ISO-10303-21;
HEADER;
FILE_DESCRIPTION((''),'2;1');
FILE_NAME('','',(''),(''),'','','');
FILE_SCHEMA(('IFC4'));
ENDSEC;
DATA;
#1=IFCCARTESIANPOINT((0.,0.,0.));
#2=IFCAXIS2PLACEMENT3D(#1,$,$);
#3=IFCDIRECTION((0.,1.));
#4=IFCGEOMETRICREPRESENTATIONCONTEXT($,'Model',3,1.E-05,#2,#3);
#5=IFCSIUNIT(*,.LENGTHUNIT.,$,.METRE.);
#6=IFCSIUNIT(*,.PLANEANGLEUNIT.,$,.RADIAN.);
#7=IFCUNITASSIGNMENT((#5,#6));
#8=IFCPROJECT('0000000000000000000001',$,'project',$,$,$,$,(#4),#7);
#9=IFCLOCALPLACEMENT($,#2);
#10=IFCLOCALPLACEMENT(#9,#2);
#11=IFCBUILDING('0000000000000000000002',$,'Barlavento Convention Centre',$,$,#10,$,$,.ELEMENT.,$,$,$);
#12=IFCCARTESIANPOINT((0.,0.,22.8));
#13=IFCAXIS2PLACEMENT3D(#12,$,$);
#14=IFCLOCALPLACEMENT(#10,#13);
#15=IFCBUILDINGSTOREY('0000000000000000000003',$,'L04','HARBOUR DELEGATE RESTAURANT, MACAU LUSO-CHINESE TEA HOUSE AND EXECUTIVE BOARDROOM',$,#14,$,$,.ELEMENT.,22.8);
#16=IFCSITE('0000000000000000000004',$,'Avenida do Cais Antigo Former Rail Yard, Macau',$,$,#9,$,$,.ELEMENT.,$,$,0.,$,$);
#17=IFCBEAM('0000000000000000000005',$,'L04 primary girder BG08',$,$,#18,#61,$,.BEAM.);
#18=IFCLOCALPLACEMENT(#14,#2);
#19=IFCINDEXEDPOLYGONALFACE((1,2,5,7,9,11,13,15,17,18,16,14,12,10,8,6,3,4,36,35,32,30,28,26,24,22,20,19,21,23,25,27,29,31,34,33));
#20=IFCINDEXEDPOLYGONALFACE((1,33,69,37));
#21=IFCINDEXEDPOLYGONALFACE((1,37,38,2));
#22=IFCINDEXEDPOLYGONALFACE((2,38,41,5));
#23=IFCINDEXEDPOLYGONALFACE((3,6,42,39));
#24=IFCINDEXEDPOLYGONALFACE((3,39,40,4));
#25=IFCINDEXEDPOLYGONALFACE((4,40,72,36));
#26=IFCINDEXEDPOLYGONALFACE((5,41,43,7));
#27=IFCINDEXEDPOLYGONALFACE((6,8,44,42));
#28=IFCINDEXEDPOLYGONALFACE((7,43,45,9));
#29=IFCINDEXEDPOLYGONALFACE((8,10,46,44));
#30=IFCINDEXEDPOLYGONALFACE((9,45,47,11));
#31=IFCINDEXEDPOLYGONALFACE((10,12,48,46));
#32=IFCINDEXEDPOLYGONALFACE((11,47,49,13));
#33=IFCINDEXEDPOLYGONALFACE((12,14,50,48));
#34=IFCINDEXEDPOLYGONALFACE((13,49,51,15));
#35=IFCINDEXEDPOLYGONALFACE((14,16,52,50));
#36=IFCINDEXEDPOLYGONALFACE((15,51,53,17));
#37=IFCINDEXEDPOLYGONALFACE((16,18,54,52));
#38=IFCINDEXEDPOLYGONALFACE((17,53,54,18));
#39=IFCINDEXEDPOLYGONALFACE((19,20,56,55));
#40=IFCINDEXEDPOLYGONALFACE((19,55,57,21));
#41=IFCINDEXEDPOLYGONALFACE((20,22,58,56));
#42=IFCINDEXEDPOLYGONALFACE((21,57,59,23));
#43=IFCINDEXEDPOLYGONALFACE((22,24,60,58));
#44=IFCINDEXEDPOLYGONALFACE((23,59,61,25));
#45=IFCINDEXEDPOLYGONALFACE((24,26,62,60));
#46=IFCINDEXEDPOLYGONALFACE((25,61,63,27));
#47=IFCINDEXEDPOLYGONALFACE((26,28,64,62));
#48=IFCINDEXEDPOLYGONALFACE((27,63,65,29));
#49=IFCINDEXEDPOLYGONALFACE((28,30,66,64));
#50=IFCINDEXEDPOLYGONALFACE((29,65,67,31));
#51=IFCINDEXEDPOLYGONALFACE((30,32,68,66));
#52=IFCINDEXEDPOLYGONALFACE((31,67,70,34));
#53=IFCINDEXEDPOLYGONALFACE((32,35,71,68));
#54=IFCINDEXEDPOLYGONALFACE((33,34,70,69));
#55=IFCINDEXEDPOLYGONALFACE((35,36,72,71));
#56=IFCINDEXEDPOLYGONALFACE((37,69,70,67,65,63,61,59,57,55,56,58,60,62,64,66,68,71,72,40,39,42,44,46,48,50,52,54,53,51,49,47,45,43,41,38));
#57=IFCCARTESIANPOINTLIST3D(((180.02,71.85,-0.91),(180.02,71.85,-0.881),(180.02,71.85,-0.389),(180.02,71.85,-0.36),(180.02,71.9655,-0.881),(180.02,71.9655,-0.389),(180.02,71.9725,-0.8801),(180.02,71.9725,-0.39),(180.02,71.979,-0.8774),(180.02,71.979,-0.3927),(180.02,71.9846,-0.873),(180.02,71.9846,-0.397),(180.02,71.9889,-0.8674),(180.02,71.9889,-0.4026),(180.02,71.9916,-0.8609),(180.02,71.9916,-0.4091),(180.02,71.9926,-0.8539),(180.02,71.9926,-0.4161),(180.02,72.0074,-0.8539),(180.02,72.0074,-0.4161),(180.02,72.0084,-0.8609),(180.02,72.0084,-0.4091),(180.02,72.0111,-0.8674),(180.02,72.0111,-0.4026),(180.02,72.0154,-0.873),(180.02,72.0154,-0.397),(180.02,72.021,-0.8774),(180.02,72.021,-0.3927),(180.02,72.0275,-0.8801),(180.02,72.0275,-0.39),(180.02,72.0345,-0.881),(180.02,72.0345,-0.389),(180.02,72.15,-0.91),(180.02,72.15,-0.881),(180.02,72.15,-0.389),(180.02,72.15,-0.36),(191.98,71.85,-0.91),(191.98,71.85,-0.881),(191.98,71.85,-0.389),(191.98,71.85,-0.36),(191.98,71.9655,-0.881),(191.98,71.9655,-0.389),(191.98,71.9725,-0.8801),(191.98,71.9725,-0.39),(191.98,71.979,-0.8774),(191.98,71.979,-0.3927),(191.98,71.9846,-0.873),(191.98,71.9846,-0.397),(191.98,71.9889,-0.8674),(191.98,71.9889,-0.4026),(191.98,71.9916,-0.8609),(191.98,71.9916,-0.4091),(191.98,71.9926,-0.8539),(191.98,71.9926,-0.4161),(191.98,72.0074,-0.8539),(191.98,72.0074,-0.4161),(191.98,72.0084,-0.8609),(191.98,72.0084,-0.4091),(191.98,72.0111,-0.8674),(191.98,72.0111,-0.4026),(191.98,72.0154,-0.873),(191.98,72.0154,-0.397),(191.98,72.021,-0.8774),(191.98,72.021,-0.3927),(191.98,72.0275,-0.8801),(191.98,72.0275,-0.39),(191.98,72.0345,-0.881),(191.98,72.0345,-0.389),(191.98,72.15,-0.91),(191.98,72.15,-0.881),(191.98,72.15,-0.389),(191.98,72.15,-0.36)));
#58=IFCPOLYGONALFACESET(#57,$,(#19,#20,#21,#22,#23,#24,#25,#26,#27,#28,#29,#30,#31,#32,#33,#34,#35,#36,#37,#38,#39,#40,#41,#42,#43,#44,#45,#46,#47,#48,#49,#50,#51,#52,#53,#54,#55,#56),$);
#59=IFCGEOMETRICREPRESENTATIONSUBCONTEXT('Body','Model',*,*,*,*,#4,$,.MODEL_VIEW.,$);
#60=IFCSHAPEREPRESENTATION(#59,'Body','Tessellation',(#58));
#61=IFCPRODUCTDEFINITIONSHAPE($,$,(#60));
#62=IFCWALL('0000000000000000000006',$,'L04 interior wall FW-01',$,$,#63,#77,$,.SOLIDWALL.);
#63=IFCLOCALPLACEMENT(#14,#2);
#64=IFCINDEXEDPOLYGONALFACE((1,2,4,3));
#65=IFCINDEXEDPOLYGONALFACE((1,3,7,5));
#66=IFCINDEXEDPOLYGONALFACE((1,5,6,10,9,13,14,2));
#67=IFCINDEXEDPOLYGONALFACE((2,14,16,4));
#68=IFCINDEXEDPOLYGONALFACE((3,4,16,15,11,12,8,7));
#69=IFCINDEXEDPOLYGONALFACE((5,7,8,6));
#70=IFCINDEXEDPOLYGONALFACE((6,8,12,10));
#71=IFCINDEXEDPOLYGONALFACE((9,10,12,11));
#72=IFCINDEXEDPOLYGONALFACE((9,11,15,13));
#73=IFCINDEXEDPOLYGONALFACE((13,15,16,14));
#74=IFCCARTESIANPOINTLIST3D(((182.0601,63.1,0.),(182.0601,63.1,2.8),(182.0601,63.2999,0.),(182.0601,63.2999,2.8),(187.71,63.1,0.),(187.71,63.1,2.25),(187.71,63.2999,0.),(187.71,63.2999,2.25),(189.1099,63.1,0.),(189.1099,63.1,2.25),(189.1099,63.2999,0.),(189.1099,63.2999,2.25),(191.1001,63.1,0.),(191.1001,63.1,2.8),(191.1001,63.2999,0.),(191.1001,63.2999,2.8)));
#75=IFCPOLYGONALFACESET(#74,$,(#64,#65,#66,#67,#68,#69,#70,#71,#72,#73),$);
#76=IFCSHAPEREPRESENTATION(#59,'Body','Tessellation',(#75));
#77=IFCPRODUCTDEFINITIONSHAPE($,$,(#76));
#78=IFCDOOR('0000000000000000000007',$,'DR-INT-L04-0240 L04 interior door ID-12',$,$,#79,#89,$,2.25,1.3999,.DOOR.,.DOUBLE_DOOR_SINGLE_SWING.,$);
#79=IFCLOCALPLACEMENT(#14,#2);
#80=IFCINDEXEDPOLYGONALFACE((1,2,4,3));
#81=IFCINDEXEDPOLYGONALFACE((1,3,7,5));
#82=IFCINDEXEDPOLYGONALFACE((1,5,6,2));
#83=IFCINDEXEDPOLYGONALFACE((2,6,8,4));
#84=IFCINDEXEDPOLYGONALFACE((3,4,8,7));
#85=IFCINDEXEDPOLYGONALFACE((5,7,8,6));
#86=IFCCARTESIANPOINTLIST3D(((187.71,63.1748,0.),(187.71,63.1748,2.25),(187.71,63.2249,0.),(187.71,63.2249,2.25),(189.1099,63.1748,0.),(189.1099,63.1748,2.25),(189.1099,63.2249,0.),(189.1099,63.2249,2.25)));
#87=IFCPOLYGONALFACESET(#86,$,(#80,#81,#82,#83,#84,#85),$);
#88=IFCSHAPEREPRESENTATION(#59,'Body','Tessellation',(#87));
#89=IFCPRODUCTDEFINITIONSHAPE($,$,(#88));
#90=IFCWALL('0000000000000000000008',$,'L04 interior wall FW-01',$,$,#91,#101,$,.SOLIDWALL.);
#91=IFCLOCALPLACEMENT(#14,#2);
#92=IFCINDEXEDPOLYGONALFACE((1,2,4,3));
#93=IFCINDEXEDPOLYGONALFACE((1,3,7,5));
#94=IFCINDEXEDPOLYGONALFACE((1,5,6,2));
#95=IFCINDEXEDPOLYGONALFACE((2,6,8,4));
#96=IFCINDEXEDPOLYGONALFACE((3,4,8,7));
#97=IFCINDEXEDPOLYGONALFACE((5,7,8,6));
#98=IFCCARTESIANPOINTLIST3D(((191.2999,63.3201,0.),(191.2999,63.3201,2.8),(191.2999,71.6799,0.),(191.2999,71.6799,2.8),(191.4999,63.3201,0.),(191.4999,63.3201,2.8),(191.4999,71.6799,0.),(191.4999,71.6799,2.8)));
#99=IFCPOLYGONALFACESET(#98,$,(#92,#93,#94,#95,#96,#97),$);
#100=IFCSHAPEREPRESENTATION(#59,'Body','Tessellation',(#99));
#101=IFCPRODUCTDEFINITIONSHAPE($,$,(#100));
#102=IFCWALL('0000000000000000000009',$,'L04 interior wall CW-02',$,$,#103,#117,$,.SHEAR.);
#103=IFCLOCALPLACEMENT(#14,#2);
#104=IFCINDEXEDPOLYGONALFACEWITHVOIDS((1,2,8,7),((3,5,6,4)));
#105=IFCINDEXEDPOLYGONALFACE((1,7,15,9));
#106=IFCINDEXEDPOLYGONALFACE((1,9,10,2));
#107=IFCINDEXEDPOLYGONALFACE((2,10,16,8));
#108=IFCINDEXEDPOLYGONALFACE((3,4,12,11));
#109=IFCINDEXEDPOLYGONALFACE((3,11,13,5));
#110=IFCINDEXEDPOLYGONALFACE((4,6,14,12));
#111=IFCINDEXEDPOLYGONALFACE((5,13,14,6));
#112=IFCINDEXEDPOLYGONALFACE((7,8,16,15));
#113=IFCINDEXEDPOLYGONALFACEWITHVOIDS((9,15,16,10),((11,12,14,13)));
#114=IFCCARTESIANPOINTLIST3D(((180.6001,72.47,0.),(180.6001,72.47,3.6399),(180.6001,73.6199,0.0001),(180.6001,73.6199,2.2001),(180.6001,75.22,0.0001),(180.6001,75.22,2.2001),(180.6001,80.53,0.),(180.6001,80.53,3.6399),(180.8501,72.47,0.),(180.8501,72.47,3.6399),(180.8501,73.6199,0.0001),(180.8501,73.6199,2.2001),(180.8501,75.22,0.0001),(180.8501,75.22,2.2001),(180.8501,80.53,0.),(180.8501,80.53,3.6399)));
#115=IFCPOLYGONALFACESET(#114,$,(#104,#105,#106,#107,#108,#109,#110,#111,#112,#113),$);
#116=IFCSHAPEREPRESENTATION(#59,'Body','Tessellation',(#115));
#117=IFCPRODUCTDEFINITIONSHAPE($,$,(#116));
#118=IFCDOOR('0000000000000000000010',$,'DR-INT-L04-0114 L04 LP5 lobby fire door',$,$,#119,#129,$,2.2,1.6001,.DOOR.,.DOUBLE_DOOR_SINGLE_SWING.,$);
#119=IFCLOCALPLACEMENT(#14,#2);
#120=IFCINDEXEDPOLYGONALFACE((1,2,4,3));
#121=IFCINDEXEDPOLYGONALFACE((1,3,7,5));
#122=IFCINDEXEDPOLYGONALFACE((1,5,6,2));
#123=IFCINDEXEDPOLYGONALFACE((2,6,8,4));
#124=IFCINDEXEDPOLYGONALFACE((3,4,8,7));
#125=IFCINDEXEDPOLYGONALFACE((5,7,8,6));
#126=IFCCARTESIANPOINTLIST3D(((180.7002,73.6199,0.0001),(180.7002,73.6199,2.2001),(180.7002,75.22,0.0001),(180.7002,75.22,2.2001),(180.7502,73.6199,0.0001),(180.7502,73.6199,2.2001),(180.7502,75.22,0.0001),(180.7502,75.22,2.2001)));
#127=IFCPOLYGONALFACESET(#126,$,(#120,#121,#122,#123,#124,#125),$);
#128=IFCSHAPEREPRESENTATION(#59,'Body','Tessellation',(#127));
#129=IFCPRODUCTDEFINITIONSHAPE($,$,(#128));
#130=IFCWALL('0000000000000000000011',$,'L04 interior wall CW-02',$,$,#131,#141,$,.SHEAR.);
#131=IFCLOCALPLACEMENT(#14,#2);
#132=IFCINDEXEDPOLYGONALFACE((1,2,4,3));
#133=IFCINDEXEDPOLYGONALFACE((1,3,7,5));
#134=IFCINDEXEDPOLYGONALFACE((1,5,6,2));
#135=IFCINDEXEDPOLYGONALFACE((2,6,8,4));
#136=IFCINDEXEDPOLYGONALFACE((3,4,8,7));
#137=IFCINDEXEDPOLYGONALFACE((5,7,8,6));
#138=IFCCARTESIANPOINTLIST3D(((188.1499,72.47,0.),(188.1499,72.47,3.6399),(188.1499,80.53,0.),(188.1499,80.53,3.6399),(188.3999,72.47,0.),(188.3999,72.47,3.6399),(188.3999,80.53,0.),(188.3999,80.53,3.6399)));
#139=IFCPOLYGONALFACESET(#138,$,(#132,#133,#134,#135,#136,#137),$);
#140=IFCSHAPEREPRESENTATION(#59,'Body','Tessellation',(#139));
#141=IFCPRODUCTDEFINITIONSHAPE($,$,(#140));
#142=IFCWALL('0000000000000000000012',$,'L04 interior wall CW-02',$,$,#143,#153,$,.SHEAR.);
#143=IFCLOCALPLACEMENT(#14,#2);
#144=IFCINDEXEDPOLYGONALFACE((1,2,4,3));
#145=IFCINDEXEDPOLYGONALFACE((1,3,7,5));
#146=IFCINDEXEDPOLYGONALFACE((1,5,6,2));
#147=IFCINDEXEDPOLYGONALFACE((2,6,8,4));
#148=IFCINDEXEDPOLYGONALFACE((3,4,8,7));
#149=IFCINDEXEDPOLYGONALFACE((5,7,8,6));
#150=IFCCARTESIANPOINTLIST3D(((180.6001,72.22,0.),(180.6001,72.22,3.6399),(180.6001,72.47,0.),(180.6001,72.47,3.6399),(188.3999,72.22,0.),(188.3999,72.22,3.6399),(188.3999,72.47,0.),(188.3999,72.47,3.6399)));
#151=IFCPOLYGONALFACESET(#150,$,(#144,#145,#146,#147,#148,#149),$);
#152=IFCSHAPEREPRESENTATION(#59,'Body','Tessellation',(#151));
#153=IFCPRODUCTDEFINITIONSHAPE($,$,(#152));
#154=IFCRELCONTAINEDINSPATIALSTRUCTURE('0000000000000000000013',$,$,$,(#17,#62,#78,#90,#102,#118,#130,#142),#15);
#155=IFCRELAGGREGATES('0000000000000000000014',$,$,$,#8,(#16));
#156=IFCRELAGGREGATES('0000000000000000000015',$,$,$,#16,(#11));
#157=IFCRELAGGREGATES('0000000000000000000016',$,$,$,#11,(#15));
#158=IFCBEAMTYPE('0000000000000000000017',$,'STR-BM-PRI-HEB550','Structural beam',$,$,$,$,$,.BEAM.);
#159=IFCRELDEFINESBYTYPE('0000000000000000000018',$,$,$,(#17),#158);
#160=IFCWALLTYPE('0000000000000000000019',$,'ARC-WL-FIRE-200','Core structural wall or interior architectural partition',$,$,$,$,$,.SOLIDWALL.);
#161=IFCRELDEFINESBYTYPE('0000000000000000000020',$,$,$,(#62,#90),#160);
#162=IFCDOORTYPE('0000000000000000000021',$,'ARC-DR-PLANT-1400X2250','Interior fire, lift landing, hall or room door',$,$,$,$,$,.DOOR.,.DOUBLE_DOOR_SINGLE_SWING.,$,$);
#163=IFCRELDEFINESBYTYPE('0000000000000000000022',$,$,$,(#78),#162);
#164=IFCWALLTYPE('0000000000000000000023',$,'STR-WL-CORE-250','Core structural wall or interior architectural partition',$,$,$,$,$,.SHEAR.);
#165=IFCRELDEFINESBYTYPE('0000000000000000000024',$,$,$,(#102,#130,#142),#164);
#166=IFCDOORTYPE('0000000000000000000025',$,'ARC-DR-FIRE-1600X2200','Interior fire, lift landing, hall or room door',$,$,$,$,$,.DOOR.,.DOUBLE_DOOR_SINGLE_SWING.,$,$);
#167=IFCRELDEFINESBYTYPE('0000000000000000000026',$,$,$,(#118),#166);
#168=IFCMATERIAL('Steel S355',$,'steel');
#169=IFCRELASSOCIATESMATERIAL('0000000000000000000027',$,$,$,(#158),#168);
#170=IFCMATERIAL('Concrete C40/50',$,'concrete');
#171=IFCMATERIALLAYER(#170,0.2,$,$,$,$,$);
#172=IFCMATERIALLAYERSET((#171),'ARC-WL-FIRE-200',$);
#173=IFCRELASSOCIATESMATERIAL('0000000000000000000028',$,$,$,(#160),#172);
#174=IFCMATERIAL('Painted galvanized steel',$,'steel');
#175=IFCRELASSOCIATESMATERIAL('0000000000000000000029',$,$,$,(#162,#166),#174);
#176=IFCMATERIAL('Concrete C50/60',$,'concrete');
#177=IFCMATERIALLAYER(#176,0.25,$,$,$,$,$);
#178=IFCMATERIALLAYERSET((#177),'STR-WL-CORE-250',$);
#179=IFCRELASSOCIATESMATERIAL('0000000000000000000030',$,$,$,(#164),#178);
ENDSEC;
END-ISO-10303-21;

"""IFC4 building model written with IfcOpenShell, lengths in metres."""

from ifc_helpers import new_model, si_unit, direction, frame, frame_2d, origin, origin_2d, place, context, subcontext, project, spatial, rectangle, i_section, extrude, material, layer, layer_set, material_profile, profile_set, type_object, element, fill, save


model = new_model("IFC4")

# Units and contexts
model_context = context("Model", 3, precision=1e-05, world=origin(), true_north=direction((0.0, 1.0)))
body_context = subcontext(model_context, "Body", "Model", "MODEL_VIEW")
ifc_project = project(units=[si_unit("LENGTHUNIT", "METRE"), si_unit("PLANEANGLEUNIT", "RADIAN")], contexts=[model_context])

# Site, building, storey
site_placement = place(None, origin())
site = spatial("IfcSite", under=ifc_project, at=site_placement, Name="Avenida do Cais Antigo Former Rail Yard, Macau", CompositionType="ELEMENT", RefElevation=0.0)
building_placement = place(site_placement, origin())
building = spatial("IfcBuilding", under=site, at=building_placement, Name="Barlavento Convention Centre", CompositionType="ELEMENT")
storey_placement = place(building_placement, frame((0.0, 0.0, 22.8)))
storey = spatial("IfcBuildingStorey", under=building, at=storey_placement, Name="L04", Description="HARBOUR DELEGATE RESTAURANT, MACAU LUSO-CHINESE TEA HOUSE AND EXECUTIVE BOARDROOM", CompositionType="ELEMENT", Elevation=22.8)

# Shared definitions
ifc_material_1 = material(Name="Steel S355", Category="steel")

# Beam
ifc_material_profile_1 = material_profile(ifc_material_1, i_section(OverallWidth=0.3, OverallDepth=0.55, WebThickness=0.0149, FlangeThickness=0.0291, FilletRadius=0.0271, at=origin_2d()), Name="HEB 550")
ifc_profile_set_1 = profile_set([ifc_material_profile_1], Name="Steel S355")
beam_type_1 = type_object("IfcBeamType", Name="STR-BM-PRI-HEB550", Description="Structural beam", PredefinedType="BEAM", material=ifc_profile_set_1)
beam_1_placement = place(storey_placement, frame((180.02, 72.0, -0.635), z_axis=(1.0, 0.0, 0.0), x_axis=(0.0, 1.0, 0.0)))
element("IfcBeam", 1, at=beam_1_placement, inside=storey, type_object=beam_type_1, Name="L04 primary girder BG08", PredefinedType="BEAM", context=body_context, shape_type="SweptSolid", body=[
    extrude(i_section(OverallWidth=0.3, OverallDepth=0.55, WebThickness=0.0149, FlangeThickness=0.0291, FilletRadius=0.0271, at=origin_2d()), origin(), (0.0, 0.0, 1.0), 11.96),
])

# Wall, opening, door
ifc_material_2 = material(Name="Concrete C40/50", Category="concrete")
ifc_layer_1 = layer(ifc_material_2, 0.2)
ifc_layer_set_1 = layer_set([ifc_layer_1], Name="ARC-WL-FIRE-200")
wall_type_1 = type_object("IfcWallType", Name="ARC-WL-FIRE-200", Description="Core structural wall or interior architectural partition", PredefinedType="SOLIDWALL", material=ifc_layer_set_1)
wall_1_placement = place(storey_placement, frame((182.0601, 63.2, 0.0), z_axis=(0.0, 0.0, 1.0), x_axis=(1.0, 0.0, 0.0)))
wall_1 = element("IfcWall", 2, at=wall_1_placement, inside=storey, type_object=wall_type_1, Name="L04 interior wall FW-01", PredefinedType="SOLIDWALL", context=body_context, shape_type="SweptSolid", body=[
    extrude(rectangle(XDim=9.04, YDim=0.2, at=frame_2d((4.52, 0.0))), origin(), (0.0, 0.0, 1.0), 2.8),
])
opening_1_placement = place(wall_1_placement, frame((5.6499, 0.0, 0.0)))
opening_1 = element("IfcOpeningElement", 3, at=opening_1_placement, cuts=wall_1, PredefinedType="OPENING", context=body_context, shape_type="SweptSolid", body=[
    extrude(rectangle(XDim=1.3999, YDim=2.25, at=frame_2d((0.7, 1.125))), frame((0.0, 0.1099, 0.0), z_axis=(0.0, -1.0, 0.0), x_axis=(1.0, 0.0, 0.0)), (0.0, 0.0, 1.0), 0.22),
])
ifc_material_3 = material(Name="Painted galvanized steel", Category="steel")
door_type_1 = type_object("IfcDoorType", Name="ARC-DR-PLANT-1400X2250", Description="Interior fire, lift landing, hall or room door", OperationType="DOUBLE_DOOR_SINGLE_SWING", PredefinedType="DOOR", material=ifc_material_3)
door_1_placement = place(opening_1_placement, origin())
door_1 = element("IfcDoor", 4, at=door_1_placement, inside=storey, type_object=door_type_1, Name="DR-INT-L04-0240 L04 interior door ID-12", OperationType="DOUBLE_DOOR_SINGLE_SWING", OverallHeight=2.25, OverallWidth=1.3999, PredefinedType="DOOR", context=body_context, shape_type="SweptSolid", body=[
    extrude(rectangle(XDim=1.3999, YDim=2.25, at=frame_2d((0.7, 1.125))), frame((0.0, 0.0249, 0.0), z_axis=(0.0, -1.0, 0.0), x_axis=(1.0, 0.0, 0.0)), (0.0, 0.0, 1.0), 0.05),
])
fill(opening_1, door_1)

# Wall
wall_2_placement = place(storey_placement, frame((191.3999, 63.3201, 0.0), z_axis=(0.0, 0.0, 1.0), x_axis=(0.0, 1.0, 0.0)))
element("IfcWall", 5, at=wall_2_placement, inside=storey, type_object=wall_type_1, Name="L04 interior wall FW-01", PredefinedType="SOLIDWALL", context=body_context, shape_type="SweptSolid", body=[
    extrude(rectangle(XDim=8.3599, YDim=0.2, at=frame_2d((4.1799, 0.0))), origin(), (0.0, 0.0, 1.0), 2.8),
])

# Wall, opening, door
ifc_material_4 = material(Name="Concrete C50/60", Category="concrete")
ifc_layer_2 = layer(ifc_material_4, 0.25)
ifc_layer_set_2 = layer_set([ifc_layer_2], Name="STR-WL-CORE-250")
wall_type_2 = type_object("IfcWallType", Name="STR-WL-CORE-250", Description="Core structural wall or interior architectural partition", PredefinedType="SHEAR", material=ifc_layer_set_2)
wall_3_placement = place(storey_placement, frame((180.7251, 72.47, 0.0), z_axis=(0.0, 0.0, 1.0), x_axis=(0.0, 1.0, 0.0)))
wall_3 = element("IfcWall", 6, at=wall_3_placement, inside=storey, type_object=wall_type_2, Name="L04 interior wall CW-02", PredefinedType="SHEAR", context=body_context, shape_type="SweptSolid", body=[
    extrude(rectangle(XDim=8.0601, YDim=0.25, at=frame_2d((4.03, 0.0))), origin(), (0.0, 0.0, 1.0), 3.6399),
])
opening_2_placement = place(wall_3_placement, frame((1.1499, 0.0, 0.0)))
opening_2 = element("IfcOpeningElement", 7, at=opening_2_placement, cuts=wall_3, PredefinedType="OPENING", context=body_context, shape_type="SweptSolid", body=[
    extrude(rectangle(XDim=1.6001, YDim=2.2, at=frame_2d((0.8, 1.1001))), frame((0.0, 0.135, 0.0), z_axis=(0.0, -1.0, 0.0), x_axis=(1.0, 0.0, 0.0)), (0.0, 0.0, 1.0), 0.27),
])
door_type_2 = type_object("IfcDoorType", Name="ARC-DR-FIRE-1600X2200", Description="Interior fire, lift landing, hall or room door", OperationType="DOUBLE_DOOR_SINGLE_SWING", PredefinedType="DOOR", material=ifc_material_3)
door_2_placement = place(opening_2_placement, origin())
door_2 = element("IfcDoor", 8, at=door_2_placement, inside=storey, type_object=door_type_2, Name="DR-INT-L04-0114 L04 LP5 lobby fire door", OperationType="DOUBLE_DOOR_SINGLE_SWING", OverallHeight=2.2, OverallWidth=1.6001, PredefinedType="DOOR", context=body_context, shape_type="SweptSolid", body=[
    extrude(rectangle(XDim=1.6001, YDim=2.2, at=frame_2d((0.8, 1.1001))), frame((0.0, 0.0249, 0.0), z_axis=(0.0, -1.0, 0.0), x_axis=(1.0, 0.0, 0.0)), (0.0, 0.0, 1.0), 0.05),
])
fill(opening_2, door_2)

# Walls
wall_4_placement = place(storey_placement, frame((188.2749, 72.47, 0.0), z_axis=(0.0, 0.0, 1.0), x_axis=(0.0, 1.0, 0.0)))
element("IfcWall", 9, at=wall_4_placement, inside=storey, type_object=wall_type_2, Name="L04 interior wall CW-02", PredefinedType="SHEAR", context=body_context, shape_type="SweptSolid", body=[
    extrude(rectangle(XDim=8.0601, YDim=0.25, at=frame_2d((4.03, 0.0))), origin(), (0.0, 0.0, 1.0), 3.6399),
])
wall_5_placement = place(storey_placement, frame((180.6001, 72.345, 0.0), z_axis=(0.0, 0.0, 1.0), x_axis=(1.0, 0.0, 0.0)))
element("IfcWall", 10, at=wall_5_placement, inside=storey, type_object=wall_type_2, Name="L04 interior wall CW-02", PredefinedType="SHEAR", context=body_context, shape_type="SweptSolid", body=[
    extrude(rectangle(XDim=7.7998, YDim=0.25, at=frame_2d((3.8999, 0.0))), origin(), (0.0, 0.0, 1.0), 3.6399),
])

save(model, "model.ifc")
